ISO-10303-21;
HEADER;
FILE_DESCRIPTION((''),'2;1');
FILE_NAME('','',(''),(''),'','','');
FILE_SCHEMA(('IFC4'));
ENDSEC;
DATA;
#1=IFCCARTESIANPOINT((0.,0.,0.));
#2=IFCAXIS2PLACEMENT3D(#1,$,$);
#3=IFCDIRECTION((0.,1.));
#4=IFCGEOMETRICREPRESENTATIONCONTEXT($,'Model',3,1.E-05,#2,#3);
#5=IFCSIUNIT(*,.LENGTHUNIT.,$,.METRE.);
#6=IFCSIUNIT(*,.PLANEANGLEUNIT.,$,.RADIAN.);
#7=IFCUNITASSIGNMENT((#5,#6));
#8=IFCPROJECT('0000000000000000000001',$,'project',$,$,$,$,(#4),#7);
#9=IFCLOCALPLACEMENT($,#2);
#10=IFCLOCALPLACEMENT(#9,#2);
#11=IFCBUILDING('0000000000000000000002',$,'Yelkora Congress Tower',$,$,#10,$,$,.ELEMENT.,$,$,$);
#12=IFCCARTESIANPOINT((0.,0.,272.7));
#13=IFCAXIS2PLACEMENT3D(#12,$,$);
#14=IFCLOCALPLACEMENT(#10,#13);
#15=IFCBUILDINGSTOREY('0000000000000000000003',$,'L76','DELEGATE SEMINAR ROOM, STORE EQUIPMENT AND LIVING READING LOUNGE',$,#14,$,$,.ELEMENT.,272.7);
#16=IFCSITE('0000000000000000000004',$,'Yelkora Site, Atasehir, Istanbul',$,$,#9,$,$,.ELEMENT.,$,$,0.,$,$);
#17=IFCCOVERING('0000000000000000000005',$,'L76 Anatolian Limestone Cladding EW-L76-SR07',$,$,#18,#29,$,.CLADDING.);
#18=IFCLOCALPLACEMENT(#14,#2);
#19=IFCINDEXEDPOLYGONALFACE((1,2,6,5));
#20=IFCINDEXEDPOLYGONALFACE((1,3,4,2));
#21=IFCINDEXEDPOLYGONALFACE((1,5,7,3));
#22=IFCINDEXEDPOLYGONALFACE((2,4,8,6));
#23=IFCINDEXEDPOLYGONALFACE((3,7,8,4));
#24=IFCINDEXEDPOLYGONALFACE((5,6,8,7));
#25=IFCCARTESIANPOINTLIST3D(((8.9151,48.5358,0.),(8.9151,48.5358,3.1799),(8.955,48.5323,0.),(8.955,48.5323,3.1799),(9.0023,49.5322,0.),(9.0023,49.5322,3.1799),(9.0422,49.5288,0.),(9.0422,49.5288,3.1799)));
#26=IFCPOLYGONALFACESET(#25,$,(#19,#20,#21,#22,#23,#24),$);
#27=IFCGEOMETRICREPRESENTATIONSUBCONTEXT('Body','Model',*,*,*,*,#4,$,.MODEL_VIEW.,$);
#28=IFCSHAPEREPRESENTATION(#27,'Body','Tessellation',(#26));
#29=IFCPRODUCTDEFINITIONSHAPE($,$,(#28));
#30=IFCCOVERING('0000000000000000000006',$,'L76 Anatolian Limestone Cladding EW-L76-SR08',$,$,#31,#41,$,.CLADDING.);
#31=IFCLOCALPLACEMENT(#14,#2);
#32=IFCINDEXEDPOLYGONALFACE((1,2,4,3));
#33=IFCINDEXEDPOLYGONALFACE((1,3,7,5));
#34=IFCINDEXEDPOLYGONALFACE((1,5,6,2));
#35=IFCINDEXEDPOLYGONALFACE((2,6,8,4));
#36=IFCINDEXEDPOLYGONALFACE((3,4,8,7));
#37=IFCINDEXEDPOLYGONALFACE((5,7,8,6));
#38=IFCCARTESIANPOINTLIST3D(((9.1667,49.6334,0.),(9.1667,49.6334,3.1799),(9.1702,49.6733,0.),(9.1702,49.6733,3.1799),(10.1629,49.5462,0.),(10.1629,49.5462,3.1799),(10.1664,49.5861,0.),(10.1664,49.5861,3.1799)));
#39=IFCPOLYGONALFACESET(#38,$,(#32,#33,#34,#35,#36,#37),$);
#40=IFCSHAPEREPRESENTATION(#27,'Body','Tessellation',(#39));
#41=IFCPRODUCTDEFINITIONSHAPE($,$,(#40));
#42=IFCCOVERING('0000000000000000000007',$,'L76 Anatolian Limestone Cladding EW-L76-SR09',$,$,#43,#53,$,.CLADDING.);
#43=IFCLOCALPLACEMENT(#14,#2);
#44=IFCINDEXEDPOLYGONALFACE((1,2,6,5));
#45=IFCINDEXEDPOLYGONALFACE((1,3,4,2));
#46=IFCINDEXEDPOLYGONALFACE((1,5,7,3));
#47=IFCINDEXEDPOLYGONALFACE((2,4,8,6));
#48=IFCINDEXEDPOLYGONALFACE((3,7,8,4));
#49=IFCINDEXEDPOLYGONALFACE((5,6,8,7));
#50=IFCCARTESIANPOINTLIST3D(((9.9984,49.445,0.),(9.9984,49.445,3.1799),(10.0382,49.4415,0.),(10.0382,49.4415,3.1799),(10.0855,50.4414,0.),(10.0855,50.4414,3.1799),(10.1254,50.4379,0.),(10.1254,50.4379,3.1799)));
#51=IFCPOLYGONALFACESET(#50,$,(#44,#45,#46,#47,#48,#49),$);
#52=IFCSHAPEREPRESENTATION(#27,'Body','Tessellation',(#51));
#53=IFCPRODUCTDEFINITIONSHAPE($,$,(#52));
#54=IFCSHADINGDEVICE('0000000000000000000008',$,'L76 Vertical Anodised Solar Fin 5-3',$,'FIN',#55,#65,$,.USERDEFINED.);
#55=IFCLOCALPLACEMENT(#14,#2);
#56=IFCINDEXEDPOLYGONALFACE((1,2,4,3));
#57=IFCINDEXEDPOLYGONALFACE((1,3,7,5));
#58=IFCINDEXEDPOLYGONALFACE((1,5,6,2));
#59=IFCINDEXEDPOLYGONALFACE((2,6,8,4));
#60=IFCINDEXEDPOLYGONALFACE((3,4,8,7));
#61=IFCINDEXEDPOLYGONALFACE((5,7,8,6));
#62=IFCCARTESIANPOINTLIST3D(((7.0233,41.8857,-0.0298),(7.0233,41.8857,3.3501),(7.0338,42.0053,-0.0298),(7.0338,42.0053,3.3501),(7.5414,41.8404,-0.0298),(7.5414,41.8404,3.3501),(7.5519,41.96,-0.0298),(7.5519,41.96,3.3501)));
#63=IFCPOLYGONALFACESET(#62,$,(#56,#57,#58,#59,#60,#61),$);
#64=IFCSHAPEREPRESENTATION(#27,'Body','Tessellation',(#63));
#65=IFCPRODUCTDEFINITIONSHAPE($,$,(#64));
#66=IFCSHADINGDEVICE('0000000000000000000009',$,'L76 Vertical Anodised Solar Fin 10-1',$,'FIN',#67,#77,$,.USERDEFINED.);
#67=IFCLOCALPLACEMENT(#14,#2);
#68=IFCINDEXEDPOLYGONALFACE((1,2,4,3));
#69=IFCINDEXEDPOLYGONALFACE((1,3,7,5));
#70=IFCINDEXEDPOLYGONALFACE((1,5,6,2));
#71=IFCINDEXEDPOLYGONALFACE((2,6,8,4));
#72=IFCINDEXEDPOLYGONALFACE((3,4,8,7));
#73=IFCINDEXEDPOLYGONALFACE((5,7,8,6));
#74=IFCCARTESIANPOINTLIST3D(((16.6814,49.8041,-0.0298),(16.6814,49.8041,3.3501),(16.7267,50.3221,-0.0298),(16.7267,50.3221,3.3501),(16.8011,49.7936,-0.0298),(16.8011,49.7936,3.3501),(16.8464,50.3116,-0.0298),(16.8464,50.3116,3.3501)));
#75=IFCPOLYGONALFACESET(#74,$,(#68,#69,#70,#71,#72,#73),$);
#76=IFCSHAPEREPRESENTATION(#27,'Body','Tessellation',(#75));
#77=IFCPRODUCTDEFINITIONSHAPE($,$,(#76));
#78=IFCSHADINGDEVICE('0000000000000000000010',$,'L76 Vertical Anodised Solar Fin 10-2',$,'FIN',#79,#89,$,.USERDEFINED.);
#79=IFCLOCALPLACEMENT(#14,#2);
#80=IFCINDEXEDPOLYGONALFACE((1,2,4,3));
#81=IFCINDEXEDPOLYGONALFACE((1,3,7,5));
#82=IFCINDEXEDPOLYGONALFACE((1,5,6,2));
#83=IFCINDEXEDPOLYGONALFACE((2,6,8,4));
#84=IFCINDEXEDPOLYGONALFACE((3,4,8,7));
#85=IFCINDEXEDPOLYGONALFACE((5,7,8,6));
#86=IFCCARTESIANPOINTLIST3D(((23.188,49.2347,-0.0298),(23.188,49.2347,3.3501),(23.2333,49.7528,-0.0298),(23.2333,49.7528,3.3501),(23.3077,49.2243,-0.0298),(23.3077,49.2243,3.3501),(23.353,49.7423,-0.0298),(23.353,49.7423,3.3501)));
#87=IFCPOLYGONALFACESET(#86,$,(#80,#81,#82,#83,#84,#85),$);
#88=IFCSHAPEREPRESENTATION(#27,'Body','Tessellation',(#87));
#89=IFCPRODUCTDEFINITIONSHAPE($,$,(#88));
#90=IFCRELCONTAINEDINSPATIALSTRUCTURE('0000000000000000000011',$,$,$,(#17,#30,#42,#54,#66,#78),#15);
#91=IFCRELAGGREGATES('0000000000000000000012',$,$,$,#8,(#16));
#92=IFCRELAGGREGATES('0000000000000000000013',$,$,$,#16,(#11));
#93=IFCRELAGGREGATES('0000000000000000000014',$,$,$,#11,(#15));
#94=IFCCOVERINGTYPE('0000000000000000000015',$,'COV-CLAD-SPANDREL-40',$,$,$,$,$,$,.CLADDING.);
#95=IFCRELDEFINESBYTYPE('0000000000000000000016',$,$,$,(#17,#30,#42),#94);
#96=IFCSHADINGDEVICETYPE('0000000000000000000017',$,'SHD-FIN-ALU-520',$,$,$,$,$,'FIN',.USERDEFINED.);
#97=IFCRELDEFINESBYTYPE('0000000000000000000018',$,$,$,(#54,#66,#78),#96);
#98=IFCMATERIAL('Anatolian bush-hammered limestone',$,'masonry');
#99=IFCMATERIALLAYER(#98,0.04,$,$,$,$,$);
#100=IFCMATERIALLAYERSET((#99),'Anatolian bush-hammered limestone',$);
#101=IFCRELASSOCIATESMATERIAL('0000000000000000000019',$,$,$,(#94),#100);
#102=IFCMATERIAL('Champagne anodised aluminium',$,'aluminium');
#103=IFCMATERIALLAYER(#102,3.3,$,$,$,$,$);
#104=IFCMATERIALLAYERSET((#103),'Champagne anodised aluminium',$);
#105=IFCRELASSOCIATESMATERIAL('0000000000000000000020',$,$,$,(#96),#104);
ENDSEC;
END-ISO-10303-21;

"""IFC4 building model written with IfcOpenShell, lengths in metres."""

from ifc_helpers import new_model, si_unit, direction, frame, frame_2d, origin, origin_2d, place, context, subcontext, project, spatial, rectangle, extrude, material, layer, layer_set, type_object, element, save


model = new_model("IFC4")

# Units and contexts
model_context = context("Model", 3, precision=1e-05, world=origin(), true_north=direction((0.0, 1.0)))
body_context = subcontext(model_context, "Body", "Model", "MODEL_VIEW")
ifc_project = project(units=[si_unit("LENGTHUNIT", "METRE"), si_unit("PLANEANGLEUNIT", "RADIAN")], contexts=[model_context])

# Site, building, storey
site_placement = place(None, origin())
site = spatial("IfcSite", under=ifc_project, at=site_placement, Name="Yelkora Site, Atasehir, Istanbul", CompositionType="ELEMENT", RefElevation=0.0)
building_placement = place(site_placement, origin())
building = spatial("IfcBuilding", under=site, at=building_placement, Name="Yelkora Congress Tower", CompositionType="ELEMENT")
storey_placement = place(building_placement, frame((0.0, 0.0, 272.7)))
storey = spatial("IfcBuildingStorey", under=building, at=storey_placement, Name="L76", Description="DELEGATE SEMINAR ROOM, STORE EQUIPMENT AND LIVING READING LOUNGE", CompositionType="ELEMENT", Elevation=272.7)

# Coverings
ifc_material_1 = material(Name="Anatolian bush-hammered limestone", Category="masonry")
ifc_layer_1 = layer(ifc_material_1, 0.04)
ifc_layer_set_1 = layer_set([ifc_layer_1], Name="Anatolian bush-hammered limestone")
covering_type = type_object("IfcCoveringType", Name="COV-CLAD-SPANDREL-40", PredefinedType="CLADDING", material=ifc_layer_set_1)
for number, where, z_axis, x_axis, name in (
    (1, (8.9351, 48.5342, 0.0), (0.0, 0.0, 1.0), (0.087146, 0.996196, 0.0), "L76 Anatolian Limestone Cladding EW-L76-SR07"),
):
    element("IfcCovering", number, at=place(storey_placement, frame(where, z_axis=z_axis, x_axis=x_axis)), inside=storey, type_object=covering_type, Name=name, PredefinedType="CLADDING", context=body_context, shape_type="SweptSolid", body=[
        extrude(rectangle(XDim=1.0002, YDim=0.04, at=frame_2d((0.5, 0.0))), origin(), (0.0, 0.0, 1.0), 3.1799),
    ])
covering_1_placement = place(storey_placement, frame((9.1685, 49.6533, 0.0), z_axis=(0.0, 0.0, 1.0), x_axis=(0.996194, -0.087167, 0.0)))
element("IfcCovering", 2, at=covering_1_placement, inside=storey, type_object=covering_type, Name="L76 Anatolian Limestone Cladding EW-L76-SR08", PredefinedType="CLADDING", context=body_context, shape_type="SweptSolid", body=[
    extrude(rectangle(XDim=1.0, YDim=0.04, at=frame_2d((0.5, 0.0))), origin(), (0.0, 0.0, 1.0), 3.1799),
])
covering_2_placement = place(storey_placement, frame((10.0183, 49.4434, 0.0), z_axis=(0.0, 0.0, 1.0), x_axis=(0.087146, 0.996196, 0.0)))
element("IfcCovering", 3, at=covering_2_placement, inside=storey, type_object=covering_type, Name="L76 Anatolian Limestone Cladding EW-L76-SR09", PredefinedType="CLADDING", context=body_context, shape_type="SweptSolid", body=[
    extrude(rectangle(XDim=1.0002, YDim=0.04, at=frame_2d((0.5, 0.0))), origin(), (0.0, 0.0, 1.0), 3.1799),
])

# Shading devices
ifc_material_2 = material(Name="Champagne anodised aluminium", Category="aluminium")
ifc_layer_2 = layer(ifc_material_2, 3.3)
ifc_layer_set_2 = layer_set([ifc_layer_2], Name="Champagne anodised aluminium")
shading_device_type = type_object("IfcShadingDeviceType", Name="SHD-FIN-ALU-520", ElementType="FIN", PredefinedType="USERDEFINED", material=ifc_layer_set_2)
for number, where, z_axis, x_axis, name in (
    (4, (7.2876, 41.9229, -0.0298), (0.0, 0.0, 1.0), (0.087156, 0.996195, 0.0), "L76 Vertical Anodised Solar Fin 5-3"),
    (5, (16.7639, 50.0579, -0.0298), (0.0, 0.0, 1.0), (0.996195, -0.087156, 0.0), "L76 Vertical Anodised Solar Fin 10-1"),
    (6, (23.2705, 49.4885, -0.0298), (0.0, 0.0, 1.0), (0.996195, -0.087156, 0.0), "L76 Vertical Anodised Solar Fin 10-2"),
):
    element("IfcShadingDevice", number, at=place(storey_placement, frame(where, z_axis=z_axis, x_axis=x_axis)), inside=storey, type_object=shading_device_type, Name=name, ObjectType="FIN", PredefinedType="USERDEFINED", context=body_context, shape_type="SweptSolid", body=[
        extrude(rectangle(XDim=0.1201, YDim=0.52, at=origin_2d()), origin(), (0.0, 0.0, 1.0), 3.3799),
    ])

save(model, "model.ifc")
